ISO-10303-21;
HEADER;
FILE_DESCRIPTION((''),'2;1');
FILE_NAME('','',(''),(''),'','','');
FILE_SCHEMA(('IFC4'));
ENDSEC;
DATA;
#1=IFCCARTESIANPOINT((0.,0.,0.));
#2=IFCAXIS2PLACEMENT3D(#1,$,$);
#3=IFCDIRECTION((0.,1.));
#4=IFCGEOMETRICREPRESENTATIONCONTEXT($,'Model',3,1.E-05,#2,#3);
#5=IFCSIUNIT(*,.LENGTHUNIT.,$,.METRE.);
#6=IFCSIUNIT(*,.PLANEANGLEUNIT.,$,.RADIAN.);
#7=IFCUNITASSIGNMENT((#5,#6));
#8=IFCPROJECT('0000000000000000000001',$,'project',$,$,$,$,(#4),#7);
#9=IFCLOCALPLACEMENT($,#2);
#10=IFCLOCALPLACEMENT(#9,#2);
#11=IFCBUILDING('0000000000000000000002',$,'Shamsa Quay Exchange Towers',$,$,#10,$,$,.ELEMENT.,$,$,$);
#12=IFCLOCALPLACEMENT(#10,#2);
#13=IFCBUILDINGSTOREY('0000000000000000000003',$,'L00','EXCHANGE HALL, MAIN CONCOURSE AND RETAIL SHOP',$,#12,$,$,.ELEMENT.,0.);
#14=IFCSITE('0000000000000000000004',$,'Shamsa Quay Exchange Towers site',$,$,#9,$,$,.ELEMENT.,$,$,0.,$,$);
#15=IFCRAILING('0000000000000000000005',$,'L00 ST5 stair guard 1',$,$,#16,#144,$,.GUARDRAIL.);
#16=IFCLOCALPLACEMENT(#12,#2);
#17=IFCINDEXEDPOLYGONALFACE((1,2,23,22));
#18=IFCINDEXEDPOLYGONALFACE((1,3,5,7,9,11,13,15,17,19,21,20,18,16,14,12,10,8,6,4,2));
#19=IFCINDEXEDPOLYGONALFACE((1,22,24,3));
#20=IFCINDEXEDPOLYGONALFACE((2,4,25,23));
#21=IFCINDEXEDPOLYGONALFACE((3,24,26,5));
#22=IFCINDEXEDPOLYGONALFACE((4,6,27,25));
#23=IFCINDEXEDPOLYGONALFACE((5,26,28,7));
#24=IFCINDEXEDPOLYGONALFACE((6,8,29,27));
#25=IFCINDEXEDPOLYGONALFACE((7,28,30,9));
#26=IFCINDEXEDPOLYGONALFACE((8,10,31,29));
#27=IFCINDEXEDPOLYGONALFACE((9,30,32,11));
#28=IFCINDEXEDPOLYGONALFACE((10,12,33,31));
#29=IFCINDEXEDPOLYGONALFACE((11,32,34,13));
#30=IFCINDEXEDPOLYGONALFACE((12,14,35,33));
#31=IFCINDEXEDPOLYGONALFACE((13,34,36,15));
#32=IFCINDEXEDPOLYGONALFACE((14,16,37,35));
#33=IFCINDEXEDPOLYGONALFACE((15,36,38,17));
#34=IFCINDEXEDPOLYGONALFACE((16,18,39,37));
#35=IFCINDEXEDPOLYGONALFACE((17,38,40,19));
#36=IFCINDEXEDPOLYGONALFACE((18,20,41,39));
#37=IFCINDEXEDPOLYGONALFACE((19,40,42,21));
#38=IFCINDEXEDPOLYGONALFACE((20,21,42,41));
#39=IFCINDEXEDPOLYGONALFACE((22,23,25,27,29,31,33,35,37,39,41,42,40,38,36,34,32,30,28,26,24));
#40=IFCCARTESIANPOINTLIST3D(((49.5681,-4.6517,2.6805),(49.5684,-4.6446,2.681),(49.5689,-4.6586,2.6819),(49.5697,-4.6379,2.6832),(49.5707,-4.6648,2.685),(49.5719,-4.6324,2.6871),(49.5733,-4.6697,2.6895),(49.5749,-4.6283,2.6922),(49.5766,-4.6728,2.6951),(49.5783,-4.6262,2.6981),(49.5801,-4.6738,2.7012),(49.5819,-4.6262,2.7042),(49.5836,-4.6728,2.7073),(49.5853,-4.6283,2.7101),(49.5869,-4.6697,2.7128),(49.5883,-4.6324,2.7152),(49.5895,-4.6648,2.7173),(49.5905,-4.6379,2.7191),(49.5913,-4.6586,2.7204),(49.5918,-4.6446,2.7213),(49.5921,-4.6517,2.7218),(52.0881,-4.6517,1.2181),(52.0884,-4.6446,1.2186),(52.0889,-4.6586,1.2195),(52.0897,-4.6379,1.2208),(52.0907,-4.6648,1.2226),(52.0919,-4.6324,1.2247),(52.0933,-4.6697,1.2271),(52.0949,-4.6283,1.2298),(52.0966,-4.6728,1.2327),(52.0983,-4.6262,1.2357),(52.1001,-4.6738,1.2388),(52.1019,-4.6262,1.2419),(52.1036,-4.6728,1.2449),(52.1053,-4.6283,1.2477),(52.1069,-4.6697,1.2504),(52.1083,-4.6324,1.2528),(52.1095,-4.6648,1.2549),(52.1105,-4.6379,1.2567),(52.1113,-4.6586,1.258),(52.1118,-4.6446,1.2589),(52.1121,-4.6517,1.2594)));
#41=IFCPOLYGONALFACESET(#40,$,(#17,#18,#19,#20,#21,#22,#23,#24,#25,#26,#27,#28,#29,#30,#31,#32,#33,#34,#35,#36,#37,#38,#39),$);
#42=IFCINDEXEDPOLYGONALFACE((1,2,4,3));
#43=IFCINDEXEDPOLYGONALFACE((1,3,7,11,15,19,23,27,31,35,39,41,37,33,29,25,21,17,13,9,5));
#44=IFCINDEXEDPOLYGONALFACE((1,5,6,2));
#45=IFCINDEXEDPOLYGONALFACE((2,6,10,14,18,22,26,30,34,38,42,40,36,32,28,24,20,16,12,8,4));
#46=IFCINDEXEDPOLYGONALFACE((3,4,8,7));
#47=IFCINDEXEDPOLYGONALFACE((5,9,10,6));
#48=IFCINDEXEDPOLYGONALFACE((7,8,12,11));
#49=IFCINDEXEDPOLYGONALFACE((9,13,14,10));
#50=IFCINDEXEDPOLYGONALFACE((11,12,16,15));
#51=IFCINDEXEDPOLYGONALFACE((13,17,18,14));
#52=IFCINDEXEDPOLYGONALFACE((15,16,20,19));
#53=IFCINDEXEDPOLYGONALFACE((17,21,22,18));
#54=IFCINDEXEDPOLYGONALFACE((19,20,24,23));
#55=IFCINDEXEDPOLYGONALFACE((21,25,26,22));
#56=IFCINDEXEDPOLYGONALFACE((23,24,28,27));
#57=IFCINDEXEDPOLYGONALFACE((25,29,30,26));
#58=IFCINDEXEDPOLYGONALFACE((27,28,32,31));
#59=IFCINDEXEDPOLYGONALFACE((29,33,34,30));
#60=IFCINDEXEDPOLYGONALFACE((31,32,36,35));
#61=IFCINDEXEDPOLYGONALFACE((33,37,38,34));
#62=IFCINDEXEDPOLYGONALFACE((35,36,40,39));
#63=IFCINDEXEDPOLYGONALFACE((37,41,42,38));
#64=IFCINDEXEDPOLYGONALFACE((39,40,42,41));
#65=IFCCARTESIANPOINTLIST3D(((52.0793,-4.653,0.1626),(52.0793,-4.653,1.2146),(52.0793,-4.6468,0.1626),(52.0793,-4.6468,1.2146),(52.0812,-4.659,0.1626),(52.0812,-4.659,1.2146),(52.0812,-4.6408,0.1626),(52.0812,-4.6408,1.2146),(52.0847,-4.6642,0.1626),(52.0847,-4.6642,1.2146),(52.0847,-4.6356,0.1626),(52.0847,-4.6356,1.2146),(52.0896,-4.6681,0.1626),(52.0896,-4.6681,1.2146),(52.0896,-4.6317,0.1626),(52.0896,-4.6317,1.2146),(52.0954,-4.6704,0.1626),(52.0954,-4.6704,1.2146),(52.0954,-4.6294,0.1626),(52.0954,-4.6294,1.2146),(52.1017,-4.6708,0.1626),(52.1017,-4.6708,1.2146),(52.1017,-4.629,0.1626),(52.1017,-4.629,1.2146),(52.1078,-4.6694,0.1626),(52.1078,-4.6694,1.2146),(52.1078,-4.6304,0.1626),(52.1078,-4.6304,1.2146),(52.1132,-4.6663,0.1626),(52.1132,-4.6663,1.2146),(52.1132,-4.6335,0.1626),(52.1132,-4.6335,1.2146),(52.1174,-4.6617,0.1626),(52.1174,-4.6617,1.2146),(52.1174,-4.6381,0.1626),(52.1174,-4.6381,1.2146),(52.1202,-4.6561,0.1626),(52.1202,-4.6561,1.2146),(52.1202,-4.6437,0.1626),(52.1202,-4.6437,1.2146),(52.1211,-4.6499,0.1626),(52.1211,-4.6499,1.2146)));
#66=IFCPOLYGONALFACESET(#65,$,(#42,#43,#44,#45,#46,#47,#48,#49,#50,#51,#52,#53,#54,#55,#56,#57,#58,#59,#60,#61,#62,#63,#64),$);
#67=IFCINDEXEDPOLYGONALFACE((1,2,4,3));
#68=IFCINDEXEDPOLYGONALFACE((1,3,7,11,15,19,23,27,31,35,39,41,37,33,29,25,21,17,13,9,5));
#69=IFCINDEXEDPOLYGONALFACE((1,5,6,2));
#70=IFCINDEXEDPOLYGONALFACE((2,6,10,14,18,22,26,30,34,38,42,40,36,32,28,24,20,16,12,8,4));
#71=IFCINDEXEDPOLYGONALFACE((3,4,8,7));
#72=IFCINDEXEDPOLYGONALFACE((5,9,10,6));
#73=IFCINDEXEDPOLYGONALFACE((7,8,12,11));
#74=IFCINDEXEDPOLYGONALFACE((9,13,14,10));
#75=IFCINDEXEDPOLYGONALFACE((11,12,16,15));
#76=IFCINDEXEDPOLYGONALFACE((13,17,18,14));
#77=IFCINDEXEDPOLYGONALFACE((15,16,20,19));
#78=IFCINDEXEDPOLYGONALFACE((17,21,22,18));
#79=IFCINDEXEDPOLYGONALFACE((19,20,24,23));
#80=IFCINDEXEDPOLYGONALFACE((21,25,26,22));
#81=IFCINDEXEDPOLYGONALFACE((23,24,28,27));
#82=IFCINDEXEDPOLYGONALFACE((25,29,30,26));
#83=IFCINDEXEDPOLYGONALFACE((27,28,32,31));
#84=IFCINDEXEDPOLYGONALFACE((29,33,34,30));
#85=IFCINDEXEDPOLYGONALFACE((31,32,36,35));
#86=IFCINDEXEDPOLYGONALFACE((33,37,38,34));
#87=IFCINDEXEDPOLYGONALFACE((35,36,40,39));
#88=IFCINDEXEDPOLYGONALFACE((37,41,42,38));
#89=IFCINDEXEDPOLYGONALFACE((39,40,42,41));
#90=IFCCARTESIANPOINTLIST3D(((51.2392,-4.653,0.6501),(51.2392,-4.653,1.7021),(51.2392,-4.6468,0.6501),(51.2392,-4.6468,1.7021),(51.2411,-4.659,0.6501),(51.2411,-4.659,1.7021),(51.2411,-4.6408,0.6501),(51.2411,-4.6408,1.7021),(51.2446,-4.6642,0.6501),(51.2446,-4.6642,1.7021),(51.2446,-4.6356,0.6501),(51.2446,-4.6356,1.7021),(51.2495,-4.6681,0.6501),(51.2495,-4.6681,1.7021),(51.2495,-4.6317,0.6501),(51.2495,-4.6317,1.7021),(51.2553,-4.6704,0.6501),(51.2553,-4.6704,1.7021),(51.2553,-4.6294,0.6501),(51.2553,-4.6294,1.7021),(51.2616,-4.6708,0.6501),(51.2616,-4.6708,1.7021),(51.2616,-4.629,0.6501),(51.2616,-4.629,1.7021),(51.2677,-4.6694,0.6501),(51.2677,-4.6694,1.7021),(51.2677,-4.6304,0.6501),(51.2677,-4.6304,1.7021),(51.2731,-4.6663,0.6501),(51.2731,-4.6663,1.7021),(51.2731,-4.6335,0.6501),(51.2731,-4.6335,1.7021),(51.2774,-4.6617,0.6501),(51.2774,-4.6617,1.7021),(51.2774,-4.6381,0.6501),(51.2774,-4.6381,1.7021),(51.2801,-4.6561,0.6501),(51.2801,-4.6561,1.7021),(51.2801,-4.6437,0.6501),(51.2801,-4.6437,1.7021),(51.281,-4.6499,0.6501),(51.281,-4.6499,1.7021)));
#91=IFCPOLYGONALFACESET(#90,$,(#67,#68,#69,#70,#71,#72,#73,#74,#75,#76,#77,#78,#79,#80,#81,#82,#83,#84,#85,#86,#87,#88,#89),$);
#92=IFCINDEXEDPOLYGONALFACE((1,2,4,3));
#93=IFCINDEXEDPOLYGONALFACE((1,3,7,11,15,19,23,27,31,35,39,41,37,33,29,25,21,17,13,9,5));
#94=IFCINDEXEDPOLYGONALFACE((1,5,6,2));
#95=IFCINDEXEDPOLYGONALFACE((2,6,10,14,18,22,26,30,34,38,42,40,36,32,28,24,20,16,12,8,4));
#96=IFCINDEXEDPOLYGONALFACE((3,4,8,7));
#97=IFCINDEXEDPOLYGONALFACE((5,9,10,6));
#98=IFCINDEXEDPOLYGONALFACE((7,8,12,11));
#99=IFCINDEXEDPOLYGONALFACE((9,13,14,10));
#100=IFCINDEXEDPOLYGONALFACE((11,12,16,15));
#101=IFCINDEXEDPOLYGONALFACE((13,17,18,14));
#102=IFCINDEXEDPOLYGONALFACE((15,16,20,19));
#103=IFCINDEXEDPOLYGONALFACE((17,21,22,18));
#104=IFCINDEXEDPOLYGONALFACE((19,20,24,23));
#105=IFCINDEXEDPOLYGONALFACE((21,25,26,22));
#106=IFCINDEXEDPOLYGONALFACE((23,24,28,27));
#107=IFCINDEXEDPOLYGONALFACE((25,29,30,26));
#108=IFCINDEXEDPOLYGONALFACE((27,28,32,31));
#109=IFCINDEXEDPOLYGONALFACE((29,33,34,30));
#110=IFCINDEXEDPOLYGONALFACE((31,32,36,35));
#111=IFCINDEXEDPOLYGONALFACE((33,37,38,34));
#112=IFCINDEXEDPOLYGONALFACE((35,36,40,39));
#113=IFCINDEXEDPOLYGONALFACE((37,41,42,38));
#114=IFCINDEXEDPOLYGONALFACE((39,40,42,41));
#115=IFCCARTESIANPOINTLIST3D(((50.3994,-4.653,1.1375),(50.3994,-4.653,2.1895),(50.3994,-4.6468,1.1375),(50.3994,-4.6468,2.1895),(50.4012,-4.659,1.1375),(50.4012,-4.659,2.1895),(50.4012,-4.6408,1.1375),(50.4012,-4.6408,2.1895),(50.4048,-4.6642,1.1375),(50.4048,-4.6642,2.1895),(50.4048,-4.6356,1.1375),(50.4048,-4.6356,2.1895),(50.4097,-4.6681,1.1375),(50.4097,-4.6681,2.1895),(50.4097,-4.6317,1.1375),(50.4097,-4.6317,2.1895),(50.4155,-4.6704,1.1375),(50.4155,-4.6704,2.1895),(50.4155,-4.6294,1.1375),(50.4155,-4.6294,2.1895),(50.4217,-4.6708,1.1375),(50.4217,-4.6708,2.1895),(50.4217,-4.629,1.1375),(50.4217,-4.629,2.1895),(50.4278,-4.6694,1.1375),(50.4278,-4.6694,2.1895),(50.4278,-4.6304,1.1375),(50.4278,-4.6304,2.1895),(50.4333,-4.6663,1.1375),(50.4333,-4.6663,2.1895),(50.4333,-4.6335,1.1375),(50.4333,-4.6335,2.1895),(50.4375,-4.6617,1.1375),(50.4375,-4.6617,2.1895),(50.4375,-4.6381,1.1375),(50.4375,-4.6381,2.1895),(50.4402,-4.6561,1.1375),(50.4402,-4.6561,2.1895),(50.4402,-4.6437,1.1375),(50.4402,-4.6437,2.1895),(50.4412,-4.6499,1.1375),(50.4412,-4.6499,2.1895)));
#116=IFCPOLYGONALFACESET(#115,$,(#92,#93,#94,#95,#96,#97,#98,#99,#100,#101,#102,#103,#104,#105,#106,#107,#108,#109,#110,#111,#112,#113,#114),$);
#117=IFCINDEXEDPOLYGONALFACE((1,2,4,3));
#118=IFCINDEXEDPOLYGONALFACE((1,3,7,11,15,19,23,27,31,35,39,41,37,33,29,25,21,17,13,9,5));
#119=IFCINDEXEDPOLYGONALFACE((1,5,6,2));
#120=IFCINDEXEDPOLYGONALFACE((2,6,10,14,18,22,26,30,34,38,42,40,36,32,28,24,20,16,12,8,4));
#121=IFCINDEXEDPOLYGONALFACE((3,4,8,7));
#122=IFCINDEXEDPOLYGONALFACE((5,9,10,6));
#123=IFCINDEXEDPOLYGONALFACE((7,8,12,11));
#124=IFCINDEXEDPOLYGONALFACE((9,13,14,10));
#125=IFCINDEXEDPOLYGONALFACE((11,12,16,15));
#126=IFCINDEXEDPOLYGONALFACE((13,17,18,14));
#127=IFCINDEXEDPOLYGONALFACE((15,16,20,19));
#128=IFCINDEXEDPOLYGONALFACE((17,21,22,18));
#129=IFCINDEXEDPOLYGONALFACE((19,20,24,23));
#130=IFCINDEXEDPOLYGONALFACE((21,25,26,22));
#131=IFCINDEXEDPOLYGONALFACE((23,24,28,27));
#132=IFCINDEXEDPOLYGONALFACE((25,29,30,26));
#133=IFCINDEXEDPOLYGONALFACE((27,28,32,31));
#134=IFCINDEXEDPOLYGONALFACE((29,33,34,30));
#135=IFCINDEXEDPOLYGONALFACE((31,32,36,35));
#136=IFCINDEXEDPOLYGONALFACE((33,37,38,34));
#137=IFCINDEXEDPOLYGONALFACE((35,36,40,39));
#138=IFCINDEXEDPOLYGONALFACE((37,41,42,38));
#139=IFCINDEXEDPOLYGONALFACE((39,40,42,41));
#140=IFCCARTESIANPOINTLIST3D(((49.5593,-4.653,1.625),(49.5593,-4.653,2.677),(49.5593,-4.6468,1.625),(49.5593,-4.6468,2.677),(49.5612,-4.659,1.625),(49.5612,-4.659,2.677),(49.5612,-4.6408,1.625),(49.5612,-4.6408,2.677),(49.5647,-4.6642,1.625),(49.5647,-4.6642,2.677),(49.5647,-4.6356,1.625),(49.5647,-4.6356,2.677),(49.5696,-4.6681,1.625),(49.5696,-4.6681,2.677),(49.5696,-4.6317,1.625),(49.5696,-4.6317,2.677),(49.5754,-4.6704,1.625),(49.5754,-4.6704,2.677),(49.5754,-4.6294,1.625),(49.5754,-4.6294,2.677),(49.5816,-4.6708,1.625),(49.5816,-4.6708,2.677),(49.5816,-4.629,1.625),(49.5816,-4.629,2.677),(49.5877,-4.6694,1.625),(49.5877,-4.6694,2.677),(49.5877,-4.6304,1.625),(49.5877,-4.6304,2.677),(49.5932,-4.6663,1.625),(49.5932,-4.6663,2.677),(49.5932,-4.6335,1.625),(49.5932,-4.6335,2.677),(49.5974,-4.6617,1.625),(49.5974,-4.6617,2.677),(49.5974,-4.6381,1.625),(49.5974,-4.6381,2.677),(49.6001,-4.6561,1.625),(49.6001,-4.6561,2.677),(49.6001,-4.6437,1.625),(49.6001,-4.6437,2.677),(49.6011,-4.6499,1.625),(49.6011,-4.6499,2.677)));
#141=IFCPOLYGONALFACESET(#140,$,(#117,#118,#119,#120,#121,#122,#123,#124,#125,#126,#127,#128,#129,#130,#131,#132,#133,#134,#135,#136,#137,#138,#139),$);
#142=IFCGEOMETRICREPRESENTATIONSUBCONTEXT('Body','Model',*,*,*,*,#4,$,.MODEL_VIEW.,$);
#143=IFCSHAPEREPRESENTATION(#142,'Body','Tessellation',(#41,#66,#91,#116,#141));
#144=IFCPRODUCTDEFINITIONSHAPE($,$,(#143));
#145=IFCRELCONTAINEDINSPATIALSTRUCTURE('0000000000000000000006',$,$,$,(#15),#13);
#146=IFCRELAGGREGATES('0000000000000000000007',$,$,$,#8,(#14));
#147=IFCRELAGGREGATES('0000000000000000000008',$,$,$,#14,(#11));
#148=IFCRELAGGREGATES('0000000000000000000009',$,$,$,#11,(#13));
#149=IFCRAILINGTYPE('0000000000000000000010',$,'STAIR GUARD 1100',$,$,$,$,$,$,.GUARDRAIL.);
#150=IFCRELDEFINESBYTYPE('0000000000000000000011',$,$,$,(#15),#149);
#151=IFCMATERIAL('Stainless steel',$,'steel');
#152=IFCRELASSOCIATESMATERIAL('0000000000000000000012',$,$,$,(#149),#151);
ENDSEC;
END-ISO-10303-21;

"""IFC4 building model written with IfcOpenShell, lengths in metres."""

from ifc_helpers import new_model, si_unit, direction, frame, origin, origin_2d, place, context, subcontext, project, spatial, circle, extrude, material, type_object, element, save


model = new_model("IFC4")

# Units and contexts
model_context = context("Model", 3, precision=1e-05, world=origin(), true_north=direction((0.0, 1.0)))
body_context = subcontext(model_context, "Body", "Model", "MODEL_VIEW")
ifc_project = project(units=[si_unit("LENGTHUNIT", "METRE"), si_unit("PLANEANGLEUNIT", "RADIAN")], contexts=[model_context])

# Site, building, storey
site_placement = place(None, origin())
site = spatial("IfcSite", under=ifc_project, at=site_placement, Name="Shamsa Quay Exchange Towers site", CompositionType="ELEMENT", RefElevation=0.0)
building_placement = place(site_placement, origin())
building = spatial("IfcBuilding", under=site, at=building_placement, Name="Shamsa Quay Exchange Towers", CompositionType="ELEMENT")
storey_placement = place(building_placement, origin())
storey = spatial("IfcBuildingStorey", under=building, at=storey_placement, Name="L00", Description="EXCHANGE HALL, MAIN CONCOURSE AND RETAIL SHOP", CompositionType="ELEMENT", Elevation=0.0)

# Railing
ifc_material_1 = material(Name="Stainless steel", Category="steel")
railing_type_1 = type_object("IfcRailingType", Name="STAIR GUARD 1100", PredefinedType="GUARDRAIL", material=ifc_material_1)
railing_1_placement = place(storey_placement, frame((52.1001, -4.6499, 0.1626)))
element("IfcRailing", 1, at=railing_1_placement, inside=storey, type_object=railing_type_1, Name="L00 ST5 stair guard 1", PredefinedType="GUARDRAIL", context=body_context, shape_type="SweptSolid", body=[
    extrude(circle(Radius=0.0239, at=origin_2d()), frame((0.0, 0.0, 1.0762), z_axis=(-0.864913, 0.0, 0.501921), x_axis=(0.0, -1.0, 0.0)), (0.0, 0.0, 1.0), 2.9136),
    extrude(circle(Radius=0.021, at=origin_2d()), origin(), (0.0, 0.0, 1.0), 1.052),
    extrude(circle(Radius=0.021, at=origin_2d()), frame((-0.8401, 0.0, 0.4875)), (0.0, 0.0, 1.0), 1.052),
    extrude(circle(Radius=0.021, at=origin_2d()), frame((-1.6799, 0.0, 0.9749)), (0.0, 0.0, 1.0), 1.052),
    extrude(circle(Radius=0.021, at=origin_2d()), frame((-2.52, 0.0, 1.4624)), (0.0, 0.0, 1.0), 1.052),
])

save(model, "model.ifc")
